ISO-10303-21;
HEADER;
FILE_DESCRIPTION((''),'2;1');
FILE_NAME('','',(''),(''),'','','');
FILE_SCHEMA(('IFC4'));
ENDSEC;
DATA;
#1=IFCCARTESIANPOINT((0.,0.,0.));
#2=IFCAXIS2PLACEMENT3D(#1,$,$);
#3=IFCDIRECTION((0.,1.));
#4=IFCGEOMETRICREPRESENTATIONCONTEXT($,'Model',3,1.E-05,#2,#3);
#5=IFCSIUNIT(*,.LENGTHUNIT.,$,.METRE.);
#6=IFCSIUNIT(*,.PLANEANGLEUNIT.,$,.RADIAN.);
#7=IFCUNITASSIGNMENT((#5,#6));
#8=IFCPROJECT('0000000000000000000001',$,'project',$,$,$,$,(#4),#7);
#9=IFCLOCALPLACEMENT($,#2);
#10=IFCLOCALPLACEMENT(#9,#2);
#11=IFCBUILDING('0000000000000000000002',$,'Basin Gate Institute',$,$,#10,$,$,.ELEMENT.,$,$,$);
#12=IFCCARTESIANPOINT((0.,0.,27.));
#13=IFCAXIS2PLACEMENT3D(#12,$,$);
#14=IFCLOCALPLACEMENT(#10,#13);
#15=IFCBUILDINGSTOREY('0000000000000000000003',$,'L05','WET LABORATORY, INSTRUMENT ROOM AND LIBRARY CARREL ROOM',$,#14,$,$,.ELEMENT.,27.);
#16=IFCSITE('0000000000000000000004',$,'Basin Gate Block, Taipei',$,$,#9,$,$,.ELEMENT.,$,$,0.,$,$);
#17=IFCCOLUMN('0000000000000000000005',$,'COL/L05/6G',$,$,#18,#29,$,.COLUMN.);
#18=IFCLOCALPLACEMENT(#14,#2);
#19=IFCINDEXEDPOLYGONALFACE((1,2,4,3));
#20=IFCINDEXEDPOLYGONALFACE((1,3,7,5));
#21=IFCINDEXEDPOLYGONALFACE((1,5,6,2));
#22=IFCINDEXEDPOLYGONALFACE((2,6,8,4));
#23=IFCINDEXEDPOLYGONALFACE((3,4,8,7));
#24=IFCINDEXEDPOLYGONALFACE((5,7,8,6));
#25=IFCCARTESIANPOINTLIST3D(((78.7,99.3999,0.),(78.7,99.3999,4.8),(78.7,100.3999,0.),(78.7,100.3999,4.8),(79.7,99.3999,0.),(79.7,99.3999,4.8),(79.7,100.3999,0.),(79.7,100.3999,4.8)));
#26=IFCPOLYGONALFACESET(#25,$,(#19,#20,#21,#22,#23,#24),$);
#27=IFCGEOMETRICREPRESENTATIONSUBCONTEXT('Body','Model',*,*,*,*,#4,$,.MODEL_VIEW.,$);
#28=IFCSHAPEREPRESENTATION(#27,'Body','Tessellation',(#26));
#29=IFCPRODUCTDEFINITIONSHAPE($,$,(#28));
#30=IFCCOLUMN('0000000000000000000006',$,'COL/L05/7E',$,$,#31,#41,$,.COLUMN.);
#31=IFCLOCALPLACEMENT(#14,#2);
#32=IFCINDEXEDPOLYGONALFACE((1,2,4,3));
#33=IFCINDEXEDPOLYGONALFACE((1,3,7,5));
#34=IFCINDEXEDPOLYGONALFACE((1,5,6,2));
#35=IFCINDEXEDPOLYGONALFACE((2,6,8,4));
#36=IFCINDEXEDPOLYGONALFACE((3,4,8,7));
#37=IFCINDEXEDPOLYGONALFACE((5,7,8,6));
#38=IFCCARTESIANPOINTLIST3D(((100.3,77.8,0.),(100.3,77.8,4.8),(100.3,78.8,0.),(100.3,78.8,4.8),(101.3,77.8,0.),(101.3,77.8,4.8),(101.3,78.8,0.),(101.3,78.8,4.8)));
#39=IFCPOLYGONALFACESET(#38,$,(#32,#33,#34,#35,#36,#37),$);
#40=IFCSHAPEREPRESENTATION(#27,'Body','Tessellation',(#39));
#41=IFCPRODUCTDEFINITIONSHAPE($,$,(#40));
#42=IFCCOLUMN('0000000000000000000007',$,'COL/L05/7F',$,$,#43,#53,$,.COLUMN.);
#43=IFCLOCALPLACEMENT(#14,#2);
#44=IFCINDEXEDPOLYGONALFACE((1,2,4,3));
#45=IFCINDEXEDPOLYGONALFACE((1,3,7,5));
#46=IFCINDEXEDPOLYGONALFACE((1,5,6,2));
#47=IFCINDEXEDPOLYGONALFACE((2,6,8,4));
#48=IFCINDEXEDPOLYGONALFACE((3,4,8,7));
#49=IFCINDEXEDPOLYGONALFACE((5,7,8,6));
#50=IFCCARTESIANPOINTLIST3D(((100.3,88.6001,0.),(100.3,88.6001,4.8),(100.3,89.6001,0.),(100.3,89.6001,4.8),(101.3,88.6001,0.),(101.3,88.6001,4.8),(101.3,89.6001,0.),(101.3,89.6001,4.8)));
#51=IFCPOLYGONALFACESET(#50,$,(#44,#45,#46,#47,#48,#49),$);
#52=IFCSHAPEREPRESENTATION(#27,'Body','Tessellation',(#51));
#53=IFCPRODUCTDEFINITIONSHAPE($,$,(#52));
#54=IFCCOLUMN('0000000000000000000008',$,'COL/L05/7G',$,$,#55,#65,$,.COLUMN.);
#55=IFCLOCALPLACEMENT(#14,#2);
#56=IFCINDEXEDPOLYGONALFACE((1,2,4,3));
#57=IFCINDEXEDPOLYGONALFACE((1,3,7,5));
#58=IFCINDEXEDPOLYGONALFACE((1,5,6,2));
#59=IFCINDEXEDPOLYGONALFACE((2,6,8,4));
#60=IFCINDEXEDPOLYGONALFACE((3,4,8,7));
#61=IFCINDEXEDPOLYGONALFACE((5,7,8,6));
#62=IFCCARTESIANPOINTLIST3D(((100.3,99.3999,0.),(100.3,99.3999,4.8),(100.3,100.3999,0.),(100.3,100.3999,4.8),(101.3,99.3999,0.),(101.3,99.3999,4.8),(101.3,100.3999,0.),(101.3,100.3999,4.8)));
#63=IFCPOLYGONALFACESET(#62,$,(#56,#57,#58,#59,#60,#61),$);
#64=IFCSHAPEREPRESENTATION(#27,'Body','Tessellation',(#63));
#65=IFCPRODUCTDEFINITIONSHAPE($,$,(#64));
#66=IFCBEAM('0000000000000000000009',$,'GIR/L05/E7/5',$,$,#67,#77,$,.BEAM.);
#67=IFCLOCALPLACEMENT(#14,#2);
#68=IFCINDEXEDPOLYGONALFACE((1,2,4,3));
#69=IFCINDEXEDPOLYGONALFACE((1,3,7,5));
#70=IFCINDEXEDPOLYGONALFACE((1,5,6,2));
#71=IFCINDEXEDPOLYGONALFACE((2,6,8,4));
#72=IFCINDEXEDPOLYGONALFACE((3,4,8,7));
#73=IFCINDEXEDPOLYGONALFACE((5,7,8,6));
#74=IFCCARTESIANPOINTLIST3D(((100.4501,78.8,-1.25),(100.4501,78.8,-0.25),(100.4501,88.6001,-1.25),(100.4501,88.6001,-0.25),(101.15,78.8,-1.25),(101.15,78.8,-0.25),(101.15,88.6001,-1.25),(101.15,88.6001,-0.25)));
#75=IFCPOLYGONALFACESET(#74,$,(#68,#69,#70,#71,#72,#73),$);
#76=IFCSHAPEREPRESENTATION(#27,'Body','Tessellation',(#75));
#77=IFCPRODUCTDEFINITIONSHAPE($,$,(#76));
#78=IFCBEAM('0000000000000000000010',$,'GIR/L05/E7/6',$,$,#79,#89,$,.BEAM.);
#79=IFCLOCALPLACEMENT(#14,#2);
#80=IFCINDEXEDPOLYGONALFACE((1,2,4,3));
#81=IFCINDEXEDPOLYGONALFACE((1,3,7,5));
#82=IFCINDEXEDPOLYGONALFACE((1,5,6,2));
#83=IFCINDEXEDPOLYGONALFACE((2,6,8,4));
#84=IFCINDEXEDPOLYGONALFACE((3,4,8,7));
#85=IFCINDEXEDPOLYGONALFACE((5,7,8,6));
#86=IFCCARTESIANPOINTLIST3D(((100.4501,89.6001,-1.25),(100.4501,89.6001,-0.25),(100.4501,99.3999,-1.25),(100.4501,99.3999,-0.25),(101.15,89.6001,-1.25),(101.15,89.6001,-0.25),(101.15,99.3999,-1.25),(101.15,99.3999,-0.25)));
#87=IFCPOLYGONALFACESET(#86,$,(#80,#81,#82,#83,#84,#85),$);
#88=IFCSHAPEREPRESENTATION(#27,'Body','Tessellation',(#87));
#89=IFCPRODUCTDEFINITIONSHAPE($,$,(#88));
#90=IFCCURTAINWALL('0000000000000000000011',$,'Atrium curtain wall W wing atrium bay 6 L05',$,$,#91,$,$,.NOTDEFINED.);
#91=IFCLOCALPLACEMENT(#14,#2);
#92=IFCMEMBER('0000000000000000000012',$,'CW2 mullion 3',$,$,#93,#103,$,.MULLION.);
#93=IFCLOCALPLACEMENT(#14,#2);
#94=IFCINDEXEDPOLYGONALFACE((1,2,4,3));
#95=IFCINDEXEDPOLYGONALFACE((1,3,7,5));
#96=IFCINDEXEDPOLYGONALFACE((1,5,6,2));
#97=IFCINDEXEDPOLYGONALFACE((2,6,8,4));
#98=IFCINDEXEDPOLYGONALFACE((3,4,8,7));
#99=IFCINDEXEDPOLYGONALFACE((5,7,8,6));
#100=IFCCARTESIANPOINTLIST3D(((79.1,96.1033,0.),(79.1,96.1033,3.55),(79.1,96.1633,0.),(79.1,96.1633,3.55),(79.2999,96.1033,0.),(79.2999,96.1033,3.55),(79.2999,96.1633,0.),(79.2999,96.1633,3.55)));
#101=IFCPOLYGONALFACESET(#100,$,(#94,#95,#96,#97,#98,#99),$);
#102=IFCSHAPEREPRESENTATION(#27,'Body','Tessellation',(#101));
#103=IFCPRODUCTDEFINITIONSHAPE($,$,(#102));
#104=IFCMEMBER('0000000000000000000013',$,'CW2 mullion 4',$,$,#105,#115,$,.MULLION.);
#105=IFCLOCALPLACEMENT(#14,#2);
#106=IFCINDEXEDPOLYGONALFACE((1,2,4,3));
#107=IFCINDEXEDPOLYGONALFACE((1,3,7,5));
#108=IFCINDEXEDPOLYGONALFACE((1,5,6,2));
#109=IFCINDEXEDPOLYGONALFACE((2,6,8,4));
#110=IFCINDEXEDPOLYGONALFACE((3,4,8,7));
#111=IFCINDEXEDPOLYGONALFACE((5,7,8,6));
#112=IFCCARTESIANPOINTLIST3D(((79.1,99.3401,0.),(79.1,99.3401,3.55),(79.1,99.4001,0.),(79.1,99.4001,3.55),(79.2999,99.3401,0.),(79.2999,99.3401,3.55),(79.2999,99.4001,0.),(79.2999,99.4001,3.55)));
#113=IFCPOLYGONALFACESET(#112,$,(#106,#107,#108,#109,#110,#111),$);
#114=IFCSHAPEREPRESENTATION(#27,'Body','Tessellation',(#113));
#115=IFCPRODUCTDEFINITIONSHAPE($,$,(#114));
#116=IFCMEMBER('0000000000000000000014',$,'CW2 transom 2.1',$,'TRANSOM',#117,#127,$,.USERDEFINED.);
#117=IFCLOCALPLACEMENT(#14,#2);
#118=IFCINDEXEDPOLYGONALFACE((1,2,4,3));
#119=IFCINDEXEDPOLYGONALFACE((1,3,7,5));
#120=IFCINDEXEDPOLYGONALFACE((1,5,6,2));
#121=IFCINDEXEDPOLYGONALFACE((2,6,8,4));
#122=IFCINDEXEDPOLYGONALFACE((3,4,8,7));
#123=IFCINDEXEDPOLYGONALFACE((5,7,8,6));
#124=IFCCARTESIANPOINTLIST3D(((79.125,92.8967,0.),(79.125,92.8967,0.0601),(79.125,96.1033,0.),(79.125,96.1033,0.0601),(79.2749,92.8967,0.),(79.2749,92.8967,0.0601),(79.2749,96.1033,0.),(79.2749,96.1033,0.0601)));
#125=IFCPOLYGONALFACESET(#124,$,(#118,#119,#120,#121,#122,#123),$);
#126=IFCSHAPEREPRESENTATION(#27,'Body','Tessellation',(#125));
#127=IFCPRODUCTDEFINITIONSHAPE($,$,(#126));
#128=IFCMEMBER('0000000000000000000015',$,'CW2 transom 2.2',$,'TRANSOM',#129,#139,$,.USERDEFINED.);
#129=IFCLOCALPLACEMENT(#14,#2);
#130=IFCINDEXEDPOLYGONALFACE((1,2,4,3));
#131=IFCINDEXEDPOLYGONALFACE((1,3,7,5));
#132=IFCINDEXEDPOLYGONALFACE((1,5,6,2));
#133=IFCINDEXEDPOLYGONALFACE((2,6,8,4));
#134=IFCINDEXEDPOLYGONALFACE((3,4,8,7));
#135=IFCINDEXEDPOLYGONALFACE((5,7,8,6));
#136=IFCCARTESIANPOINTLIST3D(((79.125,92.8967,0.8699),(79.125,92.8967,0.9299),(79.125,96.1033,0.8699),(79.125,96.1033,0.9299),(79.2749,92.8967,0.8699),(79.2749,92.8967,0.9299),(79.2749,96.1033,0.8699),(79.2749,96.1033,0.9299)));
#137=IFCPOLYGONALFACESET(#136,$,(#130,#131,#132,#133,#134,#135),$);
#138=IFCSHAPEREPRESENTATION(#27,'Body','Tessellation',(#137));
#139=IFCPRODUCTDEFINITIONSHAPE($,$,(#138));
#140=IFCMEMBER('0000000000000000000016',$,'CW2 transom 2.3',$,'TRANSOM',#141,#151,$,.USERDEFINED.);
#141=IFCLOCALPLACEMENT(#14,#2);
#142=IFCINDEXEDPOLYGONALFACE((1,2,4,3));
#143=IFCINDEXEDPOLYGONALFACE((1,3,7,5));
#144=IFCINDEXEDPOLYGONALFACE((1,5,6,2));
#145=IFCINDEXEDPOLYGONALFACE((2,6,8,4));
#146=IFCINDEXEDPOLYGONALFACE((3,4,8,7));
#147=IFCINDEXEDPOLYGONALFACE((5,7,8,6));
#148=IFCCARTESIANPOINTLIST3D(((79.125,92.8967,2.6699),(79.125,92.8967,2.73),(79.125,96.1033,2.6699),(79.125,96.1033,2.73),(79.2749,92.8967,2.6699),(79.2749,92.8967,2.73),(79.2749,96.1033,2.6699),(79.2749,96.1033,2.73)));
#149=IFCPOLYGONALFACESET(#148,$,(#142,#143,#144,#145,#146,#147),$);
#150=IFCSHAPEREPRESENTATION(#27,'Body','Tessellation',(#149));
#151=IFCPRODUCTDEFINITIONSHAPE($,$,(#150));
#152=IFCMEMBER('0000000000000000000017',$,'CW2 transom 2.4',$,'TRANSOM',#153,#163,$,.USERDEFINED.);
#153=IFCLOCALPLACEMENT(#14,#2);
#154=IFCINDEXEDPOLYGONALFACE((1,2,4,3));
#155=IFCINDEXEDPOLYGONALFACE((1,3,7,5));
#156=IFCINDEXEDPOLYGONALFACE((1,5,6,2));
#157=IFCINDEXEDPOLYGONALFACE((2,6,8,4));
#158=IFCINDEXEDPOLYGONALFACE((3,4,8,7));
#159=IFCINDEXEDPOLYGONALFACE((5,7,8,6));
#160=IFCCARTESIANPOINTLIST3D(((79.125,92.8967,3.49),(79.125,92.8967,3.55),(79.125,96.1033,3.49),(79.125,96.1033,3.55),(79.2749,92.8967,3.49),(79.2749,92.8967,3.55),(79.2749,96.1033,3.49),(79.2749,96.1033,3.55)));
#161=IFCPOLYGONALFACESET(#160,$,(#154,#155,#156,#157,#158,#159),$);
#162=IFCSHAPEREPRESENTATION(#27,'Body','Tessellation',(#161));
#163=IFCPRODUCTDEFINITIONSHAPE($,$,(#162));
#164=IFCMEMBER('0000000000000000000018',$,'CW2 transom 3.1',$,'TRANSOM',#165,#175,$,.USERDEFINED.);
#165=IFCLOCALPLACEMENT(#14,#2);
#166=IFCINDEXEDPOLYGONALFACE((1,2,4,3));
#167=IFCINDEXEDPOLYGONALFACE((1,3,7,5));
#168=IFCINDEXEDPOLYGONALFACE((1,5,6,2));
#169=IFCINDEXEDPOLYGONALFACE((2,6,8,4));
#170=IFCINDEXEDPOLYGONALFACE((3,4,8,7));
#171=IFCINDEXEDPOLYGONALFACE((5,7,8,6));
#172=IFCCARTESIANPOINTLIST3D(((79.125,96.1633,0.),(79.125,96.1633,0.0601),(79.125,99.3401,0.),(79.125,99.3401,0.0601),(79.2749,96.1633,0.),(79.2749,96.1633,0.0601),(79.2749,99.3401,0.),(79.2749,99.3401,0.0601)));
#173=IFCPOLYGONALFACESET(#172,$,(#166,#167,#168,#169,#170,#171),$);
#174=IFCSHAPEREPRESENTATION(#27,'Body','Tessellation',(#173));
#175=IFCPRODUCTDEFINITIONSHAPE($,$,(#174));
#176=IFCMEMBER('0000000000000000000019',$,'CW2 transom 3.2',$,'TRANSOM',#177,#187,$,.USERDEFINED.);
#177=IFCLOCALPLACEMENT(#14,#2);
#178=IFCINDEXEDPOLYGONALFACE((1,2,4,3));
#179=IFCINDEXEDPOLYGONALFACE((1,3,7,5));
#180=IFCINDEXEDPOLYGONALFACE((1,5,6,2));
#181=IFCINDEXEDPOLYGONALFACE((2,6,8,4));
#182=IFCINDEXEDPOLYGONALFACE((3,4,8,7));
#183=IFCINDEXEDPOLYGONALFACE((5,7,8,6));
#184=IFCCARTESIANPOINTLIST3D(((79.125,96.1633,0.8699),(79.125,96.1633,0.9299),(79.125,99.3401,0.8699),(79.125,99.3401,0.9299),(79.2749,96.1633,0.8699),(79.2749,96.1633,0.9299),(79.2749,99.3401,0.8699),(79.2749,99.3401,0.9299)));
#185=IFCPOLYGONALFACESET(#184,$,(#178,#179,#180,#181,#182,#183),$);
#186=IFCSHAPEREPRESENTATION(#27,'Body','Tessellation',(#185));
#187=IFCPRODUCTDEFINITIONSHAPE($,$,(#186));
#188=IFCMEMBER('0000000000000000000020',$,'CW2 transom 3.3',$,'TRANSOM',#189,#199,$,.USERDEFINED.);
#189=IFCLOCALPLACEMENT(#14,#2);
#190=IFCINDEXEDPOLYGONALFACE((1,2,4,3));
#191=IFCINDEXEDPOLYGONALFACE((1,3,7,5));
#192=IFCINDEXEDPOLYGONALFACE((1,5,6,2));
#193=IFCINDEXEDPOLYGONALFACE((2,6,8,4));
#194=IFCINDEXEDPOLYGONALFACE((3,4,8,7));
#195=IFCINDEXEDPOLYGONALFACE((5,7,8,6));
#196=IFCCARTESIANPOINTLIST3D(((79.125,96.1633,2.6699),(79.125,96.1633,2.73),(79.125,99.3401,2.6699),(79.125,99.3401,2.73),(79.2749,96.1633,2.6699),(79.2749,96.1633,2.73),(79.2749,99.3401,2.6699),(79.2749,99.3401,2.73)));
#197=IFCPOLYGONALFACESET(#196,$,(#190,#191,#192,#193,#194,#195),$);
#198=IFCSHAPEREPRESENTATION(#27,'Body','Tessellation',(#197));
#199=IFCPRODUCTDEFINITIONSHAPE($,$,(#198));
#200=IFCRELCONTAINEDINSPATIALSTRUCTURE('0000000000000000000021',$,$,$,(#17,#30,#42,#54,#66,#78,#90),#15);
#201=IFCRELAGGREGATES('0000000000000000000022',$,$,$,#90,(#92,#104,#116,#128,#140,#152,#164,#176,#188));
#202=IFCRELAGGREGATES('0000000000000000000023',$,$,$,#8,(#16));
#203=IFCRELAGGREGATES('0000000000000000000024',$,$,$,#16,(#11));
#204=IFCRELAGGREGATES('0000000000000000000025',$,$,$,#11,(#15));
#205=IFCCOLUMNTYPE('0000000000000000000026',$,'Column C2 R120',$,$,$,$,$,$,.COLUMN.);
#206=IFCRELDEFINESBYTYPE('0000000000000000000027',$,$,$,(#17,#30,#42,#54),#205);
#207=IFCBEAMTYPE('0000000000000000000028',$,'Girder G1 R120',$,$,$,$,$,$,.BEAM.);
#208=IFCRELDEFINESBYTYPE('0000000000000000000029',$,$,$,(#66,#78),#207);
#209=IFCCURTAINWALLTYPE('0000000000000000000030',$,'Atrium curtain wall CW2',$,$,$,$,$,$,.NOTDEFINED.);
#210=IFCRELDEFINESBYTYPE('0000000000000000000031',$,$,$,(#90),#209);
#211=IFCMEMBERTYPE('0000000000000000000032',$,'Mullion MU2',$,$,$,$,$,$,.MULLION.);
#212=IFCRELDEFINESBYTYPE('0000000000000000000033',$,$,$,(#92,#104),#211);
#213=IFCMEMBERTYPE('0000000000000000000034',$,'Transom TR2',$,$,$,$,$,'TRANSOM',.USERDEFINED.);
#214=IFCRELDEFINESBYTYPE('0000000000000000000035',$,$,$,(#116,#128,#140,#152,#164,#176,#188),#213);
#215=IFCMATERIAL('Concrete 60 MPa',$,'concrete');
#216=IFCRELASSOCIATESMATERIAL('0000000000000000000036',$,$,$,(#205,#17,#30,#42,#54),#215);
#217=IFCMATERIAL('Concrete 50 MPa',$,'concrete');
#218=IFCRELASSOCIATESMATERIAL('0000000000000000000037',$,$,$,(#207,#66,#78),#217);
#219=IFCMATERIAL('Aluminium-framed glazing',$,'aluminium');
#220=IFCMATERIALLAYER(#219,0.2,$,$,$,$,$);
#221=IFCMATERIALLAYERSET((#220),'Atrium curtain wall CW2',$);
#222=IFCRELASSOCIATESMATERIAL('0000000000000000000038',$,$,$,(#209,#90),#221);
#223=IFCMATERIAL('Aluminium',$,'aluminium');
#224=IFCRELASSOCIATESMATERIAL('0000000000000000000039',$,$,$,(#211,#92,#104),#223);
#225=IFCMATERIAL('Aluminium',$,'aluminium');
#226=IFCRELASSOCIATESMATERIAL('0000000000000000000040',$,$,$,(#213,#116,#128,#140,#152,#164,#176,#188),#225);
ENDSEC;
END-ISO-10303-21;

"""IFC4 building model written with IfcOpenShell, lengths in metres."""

from ifc_helpers import new_model, si_unit, direction, frame, origin, origin_2d, place, context, subcontext, project, spatial, rectangle, extrude, material, layer, layer_set, material_profile, profile_set, type_object, element, aggregate, save


model = new_model("IFC4")

# Units and contexts
model_context = context("Model", 3, precision=1e-05, world=origin(), true_north=direction((0.0, 1.0)))
body_context = subcontext(model_context, "Body", "Model", "MODEL_VIEW")
ifc_project = project(units=[si_unit("LENGTHUNIT", "METRE"), si_unit("PLANEANGLEUNIT", "RADIAN")], contexts=[model_context])

# Site, building, storey
site_placement = place(None, origin())
site = spatial("IfcSite", under=ifc_project, at=site_placement, Name="Basin Gate Block, Taipei", CompositionType="ELEMENT", RefElevation=0.0)
building_placement = place(site_placement, origin())
building = spatial("IfcBuilding", under=site, at=building_placement, Name="Basin Gate Institute", CompositionType="ELEMENT")
storey_placement = place(building_placement, frame((0.0, 0.0, 27.0)))
storey = spatial("IfcBuildingStorey", under=building, at=storey_placement, Name="L05", Description="WET LABORATORY, INSTRUMENT ROOM AND LIBRARY CARREL ROOM", CompositionType="ELEMENT", Elevation=27.0)

# Columns
ifc_material_1 = material(Name="Concrete 60 MPa", Category="concrete")
ifc_material_profile_1 = material_profile(ifc_material_1, rectangle(XDim=1.0, YDim=1.0, at=origin_2d()), Name="Column C2 1000 x 1000")
ifc_profile_set_1 = profile_set([ifc_material_profile_1], Name="Concrete 60 MPa")
column_type = type_object("IfcColumnType", Name="Column C2 R120", PredefinedType="COLUMN", material=ifc_profile_set_1)
for number, where, z_axis, x_axis, name in (
    (1, (79.2, 99.8999, 0.0), (0.0, 0.0, 1.0), (1.0, 0.0, 0.0), "COL/L05/6G"),
    (2, (100.8, 78.3, 0.0), (0.0, 0.0, 1.0), (1.0, 0.0, 0.0), "COL/L05/7E"),
    (3, (100.8, 89.1001, 0.0), (0.0, 0.0, 1.0), (1.0, 0.0, 0.0), "COL/L05/7F"),
    (4, (100.8, 99.8999, 0.0), (0.0, 0.0, 1.0), (1.0, 0.0, 0.0), "COL/L05/7G"),
):
    element("IfcColumn", number, at=place(storey_placement, frame(where, z_axis=z_axis, x_axis=x_axis)), inside=storey, type_object=column_type, material=ifc_profile_set_1, Name=name, PredefinedType="COLUMN", context=body_context, shape_type="SweptSolid", body=[
        extrude(rectangle(XDim=1.0, YDim=1.0, at=origin_2d()), origin(), (0.0, 0.0, 1.0), 4.8),
    ])

# Beams
ifc_material_2 = material(Name="Concrete 50 MPa", Category="concrete")
ifc_material_profile_2 = material_profile(ifc_material_2, rectangle(XDim=0.7, YDim=1.0, at=origin_2d()), Name="Girder G1 700 x 1000")
ifc_profile_set_2 = profile_set([ifc_material_profile_2], Name="Concrete 50 MPa")
beam_type = type_object("IfcBeamType", Name="Girder G1 R120", PredefinedType="BEAM", material=ifc_profile_set_2)
beam_1_placement = place(storey_placement, frame((100.8, 78.8, -0.75), z_axis=(0.0, 1.0, 0.0), x_axis=(-1.0, 0.0, 0.0)))
element("IfcBeam", 5, at=beam_1_placement, inside=storey, type_object=beam_type, material=ifc_profile_set_2, Name="GIR/L05/E7/5", PredefinedType="BEAM", context=body_context, shape_type="SweptSolid", body=[
    extrude(rectangle(XDim=0.7, YDim=1.0, at=origin_2d()), origin(), (0.0, 0.0, 1.0), 9.8),
])
beam_2_placement = place(storey_placement, frame((100.8, 89.6001, -0.75), z_axis=(0.0, 1.0, 0.0), x_axis=(-1.0, 0.0, 0.0)))
element("IfcBeam", 6, at=beam_2_placement, inside=storey, type_object=beam_type, material=ifc_profile_set_2, Name="GIR/L05/E7/6", PredefinedType="BEAM", context=body_context, shape_type="SweptSolid", body=[
    extrude(rectangle(XDim=0.7, YDim=1.0, at=origin_2d()), origin(), (0.0, 0.0, 1.0), 9.7998),
])

# Curtain wall, members
ifc_material_3 = material(Name="Aluminium-framed glazing", Category="aluminium")
ifc_layer_1 = layer(ifc_material_3, 0.2)
ifc_layer_set_1 = layer_set([ifc_layer_1], Name="Atrium curtain wall CW2")
curtain_wall_type = type_object("IfcCurtainWallType", Name="Atrium curtain wall CW2", PredefinedType="NOTDEFINED", material=ifc_layer_set_1)
curtain_wall_placement = place(storey_placement, origin())
curtain_wall = element("IfcCurtainWall", 7, at=curtain_wall_placement, inside=storey, type_object=curtain_wall_type, material=ifc_layer_set_1, Name="Atrium curtain wall W wing atrium bay 6 L05", PredefinedType="NOTDEFINED")
ifc_material_4 = material(Name="Aluminium", Category="aluminium")
ifc_material_profile_3 = material_profile(ifc_material_4, rectangle(XDim=0.2, YDim=0.0601, at=origin_2d()), Name="Mullion MU2 200 x 60")
ifc_profile_set_3 = profile_set([ifc_material_profile_3], Name="Aluminium")
member_type_1 = type_object("IfcMemberType", Name="Mullion MU2", PredefinedType="MULLION", material=ifc_profile_set_3)
member_1_placement = place(storey_placement, frame((79.2, 96.1333, 0.0), z_axis=(0.0, 0.0, 1.0), x_axis=(-1.0, 0.0, 0.0)))
member_1 = element("IfcMember", 8, at=member_1_placement, type_object=member_type_1, material=ifc_profile_set_3, Name="CW2 mullion 3", PredefinedType="MULLION", context=body_context, shape_type="SweptSolid", body=[
    extrude(rectangle(XDim=0.2, YDim=0.0601, at=origin_2d()), origin(), (0.0, 0.0, 1.0), 3.55),
])
member_2_placement = place(storey_placement, frame((79.2, 99.3701, 0.0), z_axis=(0.0, 0.0, 1.0), x_axis=(-1.0, 0.0, 0.0)))
member_2 = element("IfcMember", 9, at=member_2_placement, type_object=member_type_1, material=ifc_profile_set_3, Name="CW2 mullion 4", PredefinedType="MULLION", context=body_context, shape_type="SweptSolid", body=[
    extrude(rectangle(XDim=0.2, YDim=0.0601, at=origin_2d()), origin(), (0.0, 0.0, 1.0), 3.55),
])
ifc_material_5 = material(Name="Aluminium", Category="aluminium")
ifc_material_profile_4 = material_profile(ifc_material_5, rectangle(XDim=0.1499, YDim=0.0601, at=origin_2d()), Name="Transom TR2 150 x 60")
ifc_profile_set_4 = profile_set([ifc_material_profile_4], Name="Aluminium")
member_type_2 = type_object("IfcMemberType", Name="Transom TR2", ElementType="TRANSOM", PredefinedType="USERDEFINED", material=ifc_profile_set_4)
member_3_placement = place(storey_placement, frame((79.2, 92.8967, 0.03), z_axis=(0.0, 1.0, 0.0), x_axis=(-1.0, 0.0, 0.0)))
member_3 = element("IfcMember", 10, at=member_3_placement, type_object=member_type_2, material=ifc_profile_set_4, Name="CW2 transom 2.1", ObjectType="TRANSOM", PredefinedType="USERDEFINED", context=body_context, shape_type="SweptSolid", body=[
    extrude(rectangle(XDim=0.1499, YDim=0.0601, at=origin_2d()), origin(), (0.0, 0.0, 1.0), 3.2065),
])
member_4_placement = place(storey_placement, frame((79.2, 92.8967, 0.8999), z_axis=(0.0, 1.0, 0.0), x_axis=(-1.0, 0.0, 0.0)))
member_4 = element("IfcMember", 11, at=member_4_placement, type_object=member_type_2, material=ifc_profile_set_4, Name="CW2 transom 2.2", ObjectType="TRANSOM", PredefinedType="USERDEFINED", context=body_context, shape_type="SweptSolid", body=[
    extrude(rectangle(XDim=0.1499, YDim=0.0601, at=origin_2d()), origin(), (0.0, 0.0, 1.0), 3.2065),
])
member_5_placement = place(storey_placement, frame((79.2, 92.8967, 2.7), z_axis=(0.0, 1.0, 0.0), x_axis=(-1.0, 0.0, 0.0)))
member_5 = element("IfcMember", 12, at=member_5_placement, type_object=member_type_2, material=ifc_profile_set_4, Name="CW2 transom 2.3", ObjectType="TRANSOM", PredefinedType="USERDEFINED", context=body_context, shape_type="SweptSolid", body=[
    extrude(rectangle(XDim=0.1499, YDim=0.0601, at=origin_2d()), origin(), (0.0, 0.0, 1.0), 3.2065),
])
member_6_placement = place(storey_placement, frame((79.2, 92.8967, 3.52), z_axis=(0.0, 1.0, 0.0), x_axis=(-1.0, 0.0, 0.0)))
member_6 = element("IfcMember", 13, at=member_6_placement, type_object=member_type_2, material=ifc_profile_set_4, Name="CW2 transom 2.4", ObjectType="TRANSOM", PredefinedType="USERDEFINED", context=body_context, shape_type="SweptSolid", body=[
    extrude(rectangle(XDim=0.1499, YDim=0.0601, at=origin_2d()), origin(), (0.0, 0.0, 1.0), 3.2065),
])
member_7_placement = place(storey_placement, frame((79.2, 96.1633, 0.03), z_axis=(0.0, 1.0, 0.0), x_axis=(-1.0, 0.0, 0.0)))
member_7 = element("IfcMember", 14, at=member_7_placement, type_object=member_type_2, material=ifc_profile_set_4, Name="CW2 transom 3.1", ObjectType="TRANSOM", PredefinedType="USERDEFINED", context=body_context, shape_type="SweptSolid", body=[
    extrude(rectangle(XDim=0.1499, YDim=0.0601, at=origin_2d()), origin(), (0.0, 0.0, 1.0), 3.1768),
])
member_8_placement = place(storey_placement, frame((79.2, 96.1633, 0.8999), z_axis=(0.0, 1.0, 0.0), x_axis=(-1.0, 0.0, 0.0)))
member_8 = element("IfcMember", 15, at=member_8_placement, type_object=member_type_2, material=ifc_profile_set_4, Name="CW2 transom 3.2", ObjectType="TRANSOM", PredefinedType="USERDEFINED", context=body_context, shape_type="SweptSolid", body=[
    extrude(rectangle(XDim=0.1499, YDim=0.0601, at=origin_2d()), origin(), (0.0, 0.0, 1.0), 3.1768),
])
member_9_placement = place(storey_placement, frame((79.2, 96.1633, 2.7), z_axis=(0.0, 1.0, 0.0), x_axis=(-1.0, 0.0, 0.0)))
member_9 = element("IfcMember", 16, at=member_9_placement, type_object=member_type_2, material=ifc_profile_set_4, Name="CW2 transom 3.3", ObjectType="TRANSOM", PredefinedType="USERDEFINED", context=body_context, shape_type="SweptSolid", body=[
    extrude(rectangle(XDim=0.1499, YDim=0.0601, at=origin_2d()), origin(), (0.0, 0.0, 1.0), 3.1768),
])
aggregate(curtain_wall, [member_1, member_2, member_3, member_4, member_5, member_6, member_7, member_8, member_9])

save(model, "model.ifc")
